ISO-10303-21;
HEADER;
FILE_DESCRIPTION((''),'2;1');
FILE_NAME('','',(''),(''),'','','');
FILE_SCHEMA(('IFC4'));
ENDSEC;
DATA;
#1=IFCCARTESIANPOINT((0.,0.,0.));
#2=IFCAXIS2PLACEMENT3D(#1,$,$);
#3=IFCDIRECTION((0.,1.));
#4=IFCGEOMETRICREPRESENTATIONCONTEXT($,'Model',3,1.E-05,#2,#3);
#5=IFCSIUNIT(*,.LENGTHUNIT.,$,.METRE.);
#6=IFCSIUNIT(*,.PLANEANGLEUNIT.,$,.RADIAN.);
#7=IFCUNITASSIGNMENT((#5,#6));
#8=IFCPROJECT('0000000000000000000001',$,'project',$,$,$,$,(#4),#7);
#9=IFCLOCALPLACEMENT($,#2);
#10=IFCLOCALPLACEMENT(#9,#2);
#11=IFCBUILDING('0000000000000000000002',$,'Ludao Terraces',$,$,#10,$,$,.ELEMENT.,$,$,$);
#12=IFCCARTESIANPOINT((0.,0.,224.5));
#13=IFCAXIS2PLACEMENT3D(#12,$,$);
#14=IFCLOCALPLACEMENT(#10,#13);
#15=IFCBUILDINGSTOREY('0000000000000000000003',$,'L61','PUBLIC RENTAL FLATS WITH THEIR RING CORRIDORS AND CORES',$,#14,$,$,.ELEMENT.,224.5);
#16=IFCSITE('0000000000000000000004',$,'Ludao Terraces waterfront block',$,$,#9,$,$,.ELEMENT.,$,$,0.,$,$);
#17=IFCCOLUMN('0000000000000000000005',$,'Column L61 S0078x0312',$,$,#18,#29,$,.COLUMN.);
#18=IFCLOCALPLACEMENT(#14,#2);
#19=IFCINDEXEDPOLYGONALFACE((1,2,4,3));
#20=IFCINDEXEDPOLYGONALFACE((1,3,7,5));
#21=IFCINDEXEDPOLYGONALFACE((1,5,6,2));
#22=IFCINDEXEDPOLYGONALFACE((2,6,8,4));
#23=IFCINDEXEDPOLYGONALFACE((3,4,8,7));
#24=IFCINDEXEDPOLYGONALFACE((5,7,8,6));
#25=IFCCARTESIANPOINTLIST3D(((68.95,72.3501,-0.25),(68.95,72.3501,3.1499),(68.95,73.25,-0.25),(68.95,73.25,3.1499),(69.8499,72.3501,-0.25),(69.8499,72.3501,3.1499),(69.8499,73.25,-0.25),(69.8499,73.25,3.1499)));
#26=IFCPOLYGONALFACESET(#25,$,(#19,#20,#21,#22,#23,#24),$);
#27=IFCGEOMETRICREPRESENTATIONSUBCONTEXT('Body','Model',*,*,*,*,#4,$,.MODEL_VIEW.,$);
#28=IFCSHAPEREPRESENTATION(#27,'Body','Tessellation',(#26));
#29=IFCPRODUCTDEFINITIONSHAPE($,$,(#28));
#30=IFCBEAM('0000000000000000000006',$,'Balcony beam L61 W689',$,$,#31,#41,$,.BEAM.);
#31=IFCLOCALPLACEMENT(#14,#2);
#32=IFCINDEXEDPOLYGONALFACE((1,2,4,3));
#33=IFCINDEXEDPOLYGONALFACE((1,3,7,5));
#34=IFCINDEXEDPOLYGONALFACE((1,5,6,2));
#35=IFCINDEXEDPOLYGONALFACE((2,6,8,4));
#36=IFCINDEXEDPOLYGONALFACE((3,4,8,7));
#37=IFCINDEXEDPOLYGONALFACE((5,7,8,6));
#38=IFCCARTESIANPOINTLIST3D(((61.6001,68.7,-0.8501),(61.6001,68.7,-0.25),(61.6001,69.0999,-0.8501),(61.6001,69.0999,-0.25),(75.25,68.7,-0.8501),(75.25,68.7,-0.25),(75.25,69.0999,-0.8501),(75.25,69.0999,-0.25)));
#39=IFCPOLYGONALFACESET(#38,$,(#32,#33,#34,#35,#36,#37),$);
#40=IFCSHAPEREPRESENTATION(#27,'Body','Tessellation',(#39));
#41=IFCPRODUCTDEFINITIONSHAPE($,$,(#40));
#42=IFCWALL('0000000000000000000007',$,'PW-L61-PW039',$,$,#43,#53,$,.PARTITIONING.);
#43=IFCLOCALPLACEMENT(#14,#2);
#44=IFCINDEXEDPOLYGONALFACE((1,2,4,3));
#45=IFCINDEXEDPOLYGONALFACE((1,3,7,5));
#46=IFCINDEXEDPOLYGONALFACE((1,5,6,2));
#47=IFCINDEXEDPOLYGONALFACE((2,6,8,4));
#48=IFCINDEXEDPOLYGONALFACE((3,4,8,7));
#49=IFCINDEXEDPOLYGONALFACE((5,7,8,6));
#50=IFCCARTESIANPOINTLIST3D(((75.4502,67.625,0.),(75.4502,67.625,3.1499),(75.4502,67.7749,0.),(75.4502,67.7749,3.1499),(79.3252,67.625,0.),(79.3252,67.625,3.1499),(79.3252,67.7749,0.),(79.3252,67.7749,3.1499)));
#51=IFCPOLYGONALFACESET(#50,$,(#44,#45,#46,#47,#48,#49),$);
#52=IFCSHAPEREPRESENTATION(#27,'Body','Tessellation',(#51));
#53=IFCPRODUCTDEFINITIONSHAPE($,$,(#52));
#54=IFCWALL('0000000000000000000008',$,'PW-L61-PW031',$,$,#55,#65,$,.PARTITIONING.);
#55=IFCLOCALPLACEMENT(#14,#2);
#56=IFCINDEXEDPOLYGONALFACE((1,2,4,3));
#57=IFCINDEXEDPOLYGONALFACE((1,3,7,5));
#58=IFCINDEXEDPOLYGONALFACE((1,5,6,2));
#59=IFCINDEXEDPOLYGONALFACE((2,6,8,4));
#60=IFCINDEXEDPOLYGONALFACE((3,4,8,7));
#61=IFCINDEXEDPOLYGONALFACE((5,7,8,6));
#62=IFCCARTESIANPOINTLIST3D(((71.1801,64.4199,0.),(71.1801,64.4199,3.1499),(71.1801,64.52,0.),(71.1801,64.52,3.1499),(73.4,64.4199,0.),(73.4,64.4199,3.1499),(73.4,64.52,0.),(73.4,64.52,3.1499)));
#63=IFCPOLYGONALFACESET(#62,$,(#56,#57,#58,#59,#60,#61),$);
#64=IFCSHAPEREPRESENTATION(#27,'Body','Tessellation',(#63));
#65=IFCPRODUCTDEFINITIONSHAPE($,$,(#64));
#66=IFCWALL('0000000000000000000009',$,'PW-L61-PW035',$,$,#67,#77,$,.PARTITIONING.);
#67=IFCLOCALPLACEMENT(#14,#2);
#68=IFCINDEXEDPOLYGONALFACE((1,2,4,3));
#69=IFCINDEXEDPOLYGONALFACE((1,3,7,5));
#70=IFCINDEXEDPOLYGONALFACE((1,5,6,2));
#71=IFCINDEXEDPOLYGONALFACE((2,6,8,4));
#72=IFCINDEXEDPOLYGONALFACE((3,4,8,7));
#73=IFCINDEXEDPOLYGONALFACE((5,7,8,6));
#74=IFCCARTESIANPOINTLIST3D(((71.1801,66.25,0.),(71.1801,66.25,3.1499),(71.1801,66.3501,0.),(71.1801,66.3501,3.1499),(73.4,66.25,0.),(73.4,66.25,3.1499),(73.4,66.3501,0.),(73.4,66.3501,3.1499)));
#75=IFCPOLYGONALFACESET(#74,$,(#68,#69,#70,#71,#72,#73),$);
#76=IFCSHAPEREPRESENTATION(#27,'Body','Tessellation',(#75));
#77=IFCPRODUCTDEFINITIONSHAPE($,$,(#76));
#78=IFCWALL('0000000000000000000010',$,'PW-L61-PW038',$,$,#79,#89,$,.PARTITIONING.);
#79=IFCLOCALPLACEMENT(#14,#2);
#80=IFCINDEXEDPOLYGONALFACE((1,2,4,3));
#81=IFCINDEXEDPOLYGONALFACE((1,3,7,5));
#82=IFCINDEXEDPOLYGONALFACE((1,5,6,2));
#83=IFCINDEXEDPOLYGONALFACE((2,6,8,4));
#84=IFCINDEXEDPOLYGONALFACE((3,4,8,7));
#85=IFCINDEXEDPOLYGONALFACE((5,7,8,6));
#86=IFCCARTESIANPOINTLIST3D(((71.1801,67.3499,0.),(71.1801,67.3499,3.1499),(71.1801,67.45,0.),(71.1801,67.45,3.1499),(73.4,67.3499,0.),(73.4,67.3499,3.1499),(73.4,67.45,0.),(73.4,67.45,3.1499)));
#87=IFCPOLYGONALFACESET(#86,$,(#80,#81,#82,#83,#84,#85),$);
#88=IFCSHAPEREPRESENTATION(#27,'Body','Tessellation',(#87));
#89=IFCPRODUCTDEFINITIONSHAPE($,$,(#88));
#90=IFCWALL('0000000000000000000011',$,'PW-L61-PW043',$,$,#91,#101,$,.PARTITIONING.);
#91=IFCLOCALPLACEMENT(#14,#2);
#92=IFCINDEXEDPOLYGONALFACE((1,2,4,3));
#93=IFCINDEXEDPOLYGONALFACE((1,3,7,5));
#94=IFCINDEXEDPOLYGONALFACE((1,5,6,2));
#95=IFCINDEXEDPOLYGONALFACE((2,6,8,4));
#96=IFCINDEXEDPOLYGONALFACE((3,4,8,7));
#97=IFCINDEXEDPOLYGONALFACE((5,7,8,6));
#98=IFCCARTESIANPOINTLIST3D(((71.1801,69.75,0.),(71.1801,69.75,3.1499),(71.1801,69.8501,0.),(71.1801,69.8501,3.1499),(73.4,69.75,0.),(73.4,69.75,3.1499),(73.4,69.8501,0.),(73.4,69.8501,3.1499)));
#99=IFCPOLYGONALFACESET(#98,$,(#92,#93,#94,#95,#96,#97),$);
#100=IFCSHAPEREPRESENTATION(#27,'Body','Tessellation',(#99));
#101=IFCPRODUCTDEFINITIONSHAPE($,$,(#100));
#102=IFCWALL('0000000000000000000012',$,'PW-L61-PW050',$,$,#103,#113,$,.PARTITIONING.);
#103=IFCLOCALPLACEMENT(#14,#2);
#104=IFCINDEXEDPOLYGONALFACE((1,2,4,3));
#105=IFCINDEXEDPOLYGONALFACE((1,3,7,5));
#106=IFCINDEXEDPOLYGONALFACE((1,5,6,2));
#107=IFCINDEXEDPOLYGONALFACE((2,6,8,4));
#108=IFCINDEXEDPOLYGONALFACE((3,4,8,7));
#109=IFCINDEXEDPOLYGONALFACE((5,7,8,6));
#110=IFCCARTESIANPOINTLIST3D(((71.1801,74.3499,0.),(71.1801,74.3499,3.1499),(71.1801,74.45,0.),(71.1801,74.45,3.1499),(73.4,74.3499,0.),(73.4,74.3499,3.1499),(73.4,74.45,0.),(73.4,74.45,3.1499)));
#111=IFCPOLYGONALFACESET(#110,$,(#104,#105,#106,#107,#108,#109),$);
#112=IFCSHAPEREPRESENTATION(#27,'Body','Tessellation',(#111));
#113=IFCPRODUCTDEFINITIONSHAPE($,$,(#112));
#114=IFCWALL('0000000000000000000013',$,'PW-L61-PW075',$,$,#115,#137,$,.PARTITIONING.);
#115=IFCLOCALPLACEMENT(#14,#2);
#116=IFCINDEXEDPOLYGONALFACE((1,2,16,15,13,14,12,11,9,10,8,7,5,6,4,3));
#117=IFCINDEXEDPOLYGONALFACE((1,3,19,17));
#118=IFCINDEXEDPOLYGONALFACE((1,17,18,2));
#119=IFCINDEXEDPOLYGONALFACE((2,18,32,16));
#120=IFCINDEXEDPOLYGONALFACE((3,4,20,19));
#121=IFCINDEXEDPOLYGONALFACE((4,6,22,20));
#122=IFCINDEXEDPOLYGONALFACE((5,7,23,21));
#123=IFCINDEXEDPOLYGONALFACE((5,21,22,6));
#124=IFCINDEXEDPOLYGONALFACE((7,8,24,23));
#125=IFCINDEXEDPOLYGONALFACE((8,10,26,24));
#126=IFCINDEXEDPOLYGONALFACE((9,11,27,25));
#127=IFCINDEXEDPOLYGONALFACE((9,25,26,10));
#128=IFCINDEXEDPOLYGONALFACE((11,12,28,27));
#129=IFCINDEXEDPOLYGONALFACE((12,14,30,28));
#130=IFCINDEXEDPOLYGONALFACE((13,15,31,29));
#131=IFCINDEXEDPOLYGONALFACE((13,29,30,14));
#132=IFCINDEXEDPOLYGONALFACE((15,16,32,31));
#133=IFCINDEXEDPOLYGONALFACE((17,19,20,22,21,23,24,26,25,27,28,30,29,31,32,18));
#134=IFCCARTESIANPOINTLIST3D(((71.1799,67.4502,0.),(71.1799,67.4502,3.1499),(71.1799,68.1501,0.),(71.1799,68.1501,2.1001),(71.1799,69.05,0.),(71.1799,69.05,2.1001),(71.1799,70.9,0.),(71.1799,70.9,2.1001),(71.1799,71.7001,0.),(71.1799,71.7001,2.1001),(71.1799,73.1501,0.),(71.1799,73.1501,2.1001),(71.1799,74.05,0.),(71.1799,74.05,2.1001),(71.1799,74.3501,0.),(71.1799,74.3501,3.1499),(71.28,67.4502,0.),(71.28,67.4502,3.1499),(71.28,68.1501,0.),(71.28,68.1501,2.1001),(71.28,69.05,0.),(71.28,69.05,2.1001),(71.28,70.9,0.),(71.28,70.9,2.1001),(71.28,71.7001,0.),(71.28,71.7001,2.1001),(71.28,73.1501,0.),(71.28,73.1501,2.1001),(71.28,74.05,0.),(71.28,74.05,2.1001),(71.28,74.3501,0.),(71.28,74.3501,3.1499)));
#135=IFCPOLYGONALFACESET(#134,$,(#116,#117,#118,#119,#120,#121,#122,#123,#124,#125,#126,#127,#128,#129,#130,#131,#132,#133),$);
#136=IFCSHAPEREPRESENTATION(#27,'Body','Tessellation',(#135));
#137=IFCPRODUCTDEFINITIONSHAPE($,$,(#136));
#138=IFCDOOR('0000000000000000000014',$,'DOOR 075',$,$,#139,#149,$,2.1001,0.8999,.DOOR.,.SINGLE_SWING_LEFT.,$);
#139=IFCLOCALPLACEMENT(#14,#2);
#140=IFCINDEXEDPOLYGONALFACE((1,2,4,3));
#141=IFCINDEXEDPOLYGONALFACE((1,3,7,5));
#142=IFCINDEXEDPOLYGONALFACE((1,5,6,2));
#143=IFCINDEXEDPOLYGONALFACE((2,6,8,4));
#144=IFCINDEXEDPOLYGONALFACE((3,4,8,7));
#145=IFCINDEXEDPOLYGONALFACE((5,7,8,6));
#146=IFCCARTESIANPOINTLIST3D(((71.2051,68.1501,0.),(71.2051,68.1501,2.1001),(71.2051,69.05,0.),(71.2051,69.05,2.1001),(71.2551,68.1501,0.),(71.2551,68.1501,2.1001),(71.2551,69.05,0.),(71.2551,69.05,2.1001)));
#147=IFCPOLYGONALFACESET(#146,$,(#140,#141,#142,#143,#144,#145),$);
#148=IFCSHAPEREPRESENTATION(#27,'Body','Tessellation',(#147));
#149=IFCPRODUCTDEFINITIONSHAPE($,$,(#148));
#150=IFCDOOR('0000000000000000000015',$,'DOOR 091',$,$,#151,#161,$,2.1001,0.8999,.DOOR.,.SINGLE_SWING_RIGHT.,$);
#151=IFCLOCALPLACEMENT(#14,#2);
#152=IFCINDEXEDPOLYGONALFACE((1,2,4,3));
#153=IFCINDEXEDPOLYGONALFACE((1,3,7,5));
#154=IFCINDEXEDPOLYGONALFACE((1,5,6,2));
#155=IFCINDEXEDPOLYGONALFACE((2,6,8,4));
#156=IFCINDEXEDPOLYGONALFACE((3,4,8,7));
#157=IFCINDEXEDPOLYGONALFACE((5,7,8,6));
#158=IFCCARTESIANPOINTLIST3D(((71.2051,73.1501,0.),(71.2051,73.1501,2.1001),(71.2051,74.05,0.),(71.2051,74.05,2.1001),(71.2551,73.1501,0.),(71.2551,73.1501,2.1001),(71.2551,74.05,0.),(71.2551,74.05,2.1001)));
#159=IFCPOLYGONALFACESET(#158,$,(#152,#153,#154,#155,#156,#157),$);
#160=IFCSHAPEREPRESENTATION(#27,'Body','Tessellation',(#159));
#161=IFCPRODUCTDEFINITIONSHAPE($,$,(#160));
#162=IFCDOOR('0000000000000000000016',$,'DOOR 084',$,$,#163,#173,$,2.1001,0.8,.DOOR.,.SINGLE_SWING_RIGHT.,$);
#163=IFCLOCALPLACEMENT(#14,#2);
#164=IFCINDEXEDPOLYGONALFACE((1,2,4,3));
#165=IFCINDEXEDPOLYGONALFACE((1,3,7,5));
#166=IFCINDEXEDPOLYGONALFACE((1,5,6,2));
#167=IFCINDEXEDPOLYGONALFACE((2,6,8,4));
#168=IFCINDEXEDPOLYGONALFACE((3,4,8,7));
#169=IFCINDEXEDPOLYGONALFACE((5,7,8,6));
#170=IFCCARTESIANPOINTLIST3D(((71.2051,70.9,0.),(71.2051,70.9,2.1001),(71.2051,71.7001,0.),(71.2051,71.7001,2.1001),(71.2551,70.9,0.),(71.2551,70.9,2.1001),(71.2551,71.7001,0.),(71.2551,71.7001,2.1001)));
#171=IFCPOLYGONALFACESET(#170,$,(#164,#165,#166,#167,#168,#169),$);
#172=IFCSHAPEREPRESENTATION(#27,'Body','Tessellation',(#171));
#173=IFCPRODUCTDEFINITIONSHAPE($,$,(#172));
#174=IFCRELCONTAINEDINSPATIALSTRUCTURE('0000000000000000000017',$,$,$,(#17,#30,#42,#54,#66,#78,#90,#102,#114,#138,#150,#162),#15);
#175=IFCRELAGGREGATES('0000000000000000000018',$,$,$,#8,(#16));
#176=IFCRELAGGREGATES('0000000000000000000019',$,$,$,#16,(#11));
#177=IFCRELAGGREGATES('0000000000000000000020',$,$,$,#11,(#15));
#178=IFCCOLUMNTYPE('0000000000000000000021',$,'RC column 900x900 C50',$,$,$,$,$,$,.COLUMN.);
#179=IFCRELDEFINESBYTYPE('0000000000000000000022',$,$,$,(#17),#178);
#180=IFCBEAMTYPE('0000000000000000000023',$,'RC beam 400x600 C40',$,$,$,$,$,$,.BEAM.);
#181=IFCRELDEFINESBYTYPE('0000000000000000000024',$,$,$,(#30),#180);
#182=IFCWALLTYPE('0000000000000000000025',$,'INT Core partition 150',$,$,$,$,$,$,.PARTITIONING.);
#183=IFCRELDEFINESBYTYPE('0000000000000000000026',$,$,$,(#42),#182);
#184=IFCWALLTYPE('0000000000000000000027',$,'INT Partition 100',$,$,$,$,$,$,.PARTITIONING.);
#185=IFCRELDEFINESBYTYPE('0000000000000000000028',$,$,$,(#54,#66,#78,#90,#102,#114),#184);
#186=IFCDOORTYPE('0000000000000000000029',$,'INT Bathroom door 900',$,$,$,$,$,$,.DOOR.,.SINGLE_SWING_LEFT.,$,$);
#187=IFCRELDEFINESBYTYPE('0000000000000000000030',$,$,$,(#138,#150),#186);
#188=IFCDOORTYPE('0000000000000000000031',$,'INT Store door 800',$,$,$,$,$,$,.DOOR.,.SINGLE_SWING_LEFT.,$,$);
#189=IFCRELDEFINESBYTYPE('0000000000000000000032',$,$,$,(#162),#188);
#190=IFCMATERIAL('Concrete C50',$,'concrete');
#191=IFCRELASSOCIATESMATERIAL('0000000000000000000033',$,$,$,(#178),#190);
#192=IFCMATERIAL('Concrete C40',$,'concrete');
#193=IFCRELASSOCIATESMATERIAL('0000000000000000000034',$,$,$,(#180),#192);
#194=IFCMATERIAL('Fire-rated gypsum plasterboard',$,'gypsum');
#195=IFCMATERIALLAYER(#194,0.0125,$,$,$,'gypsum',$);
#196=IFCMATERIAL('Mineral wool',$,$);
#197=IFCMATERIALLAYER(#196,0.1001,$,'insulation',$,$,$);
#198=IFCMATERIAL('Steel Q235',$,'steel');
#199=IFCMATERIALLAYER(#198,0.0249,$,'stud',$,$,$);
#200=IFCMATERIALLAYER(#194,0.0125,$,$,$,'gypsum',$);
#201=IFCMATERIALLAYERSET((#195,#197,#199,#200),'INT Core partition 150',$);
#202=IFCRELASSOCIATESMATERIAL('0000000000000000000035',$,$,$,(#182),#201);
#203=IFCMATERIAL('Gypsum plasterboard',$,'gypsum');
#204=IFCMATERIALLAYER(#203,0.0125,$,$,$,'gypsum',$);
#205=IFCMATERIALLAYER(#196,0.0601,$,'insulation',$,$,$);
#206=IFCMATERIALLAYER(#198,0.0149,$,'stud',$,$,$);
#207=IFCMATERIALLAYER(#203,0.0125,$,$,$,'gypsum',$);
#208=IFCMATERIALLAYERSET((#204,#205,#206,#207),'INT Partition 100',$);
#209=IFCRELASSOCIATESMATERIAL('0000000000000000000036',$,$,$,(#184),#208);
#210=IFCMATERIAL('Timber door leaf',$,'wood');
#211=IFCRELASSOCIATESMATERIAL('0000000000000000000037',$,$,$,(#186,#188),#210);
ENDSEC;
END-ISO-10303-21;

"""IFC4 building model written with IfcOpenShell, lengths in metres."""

from ifc_helpers import new_model, si_unit, direction, frame, frame_2d, origin, origin_2d, place, context, subcontext, project, spatial, rectangle, extrude, material, layer, layer_set, material_profile, profile_set, type_object, element, fill, save


model = new_model("IFC4")

# Units and contexts
model_context = context("Model", 3, precision=1e-05, world=origin(), true_north=direction((0.0, 1.0)))
body_context = subcontext(model_context, "Body", "Model", "MODEL_VIEW")
ifc_project = project(units=[si_unit("LENGTHUNIT", "METRE"), si_unit("PLANEANGLEUNIT", "RADIAN")], contexts=[model_context])

# Site, building, storey
site_placement = place(None, origin())
site = spatial("IfcSite", under=ifc_project, at=site_placement, Name="Ludao Terraces waterfront block", CompositionType="ELEMENT", RefElevation=0.0)
building_placement = place(site_placement, origin())
building = spatial("IfcBuilding", under=site, at=building_placement, Name="Ludao Terraces", CompositionType="ELEMENT")
storey_placement = place(building_placement, frame((0.0, 0.0, 224.5)))
storey = spatial("IfcBuildingStorey", under=building, at=storey_placement, Name="L61", Description="PUBLIC RENTAL FLATS WITH THEIR RING CORRIDORS AND CORES", CompositionType="ELEMENT", Elevation=224.5)

# Column
ifc_material_1 = material(Name="Concrete C50", Category="concrete")
ifc_material_profile_1 = material_profile(ifc_material_1, rectangle(XDim=0.8999, YDim=0.8999, at=origin_2d()), Name="900 X 900")
ifc_profile_set_1 = profile_set([ifc_material_profile_1], Name="Concrete C50")
column_type = type_object("IfcColumnType", Name="RC column 900x900 C50", PredefinedType="COLUMN", material=ifc_profile_set_1)
column_placement = place(storey_placement, frame((69.3999, 72.8, -0.25), z_axis=(0.0, 0.0, 1.0), x_axis=(1.0, 0.0, 0.0)))
element("IfcColumn", 1, at=column_placement, inside=storey, type_object=column_type, Name="Column L61 S0078x0312", PredefinedType="COLUMN", context=body_context, shape_type="SweptSolid", body=[
    extrude(rectangle(XDim=0.8999, YDim=0.8999, at=origin_2d()), origin(), (0.0, 0.0, 1.0), 3.3999),
])

# Beam
ifc_material_2 = material(Name="Concrete C40", Category="concrete")
ifc_material_profile_2 = material_profile(ifc_material_2, rectangle(XDim=0.3999, YDim=0.6001, at=origin_2d()), Name="400 X 600")
ifc_profile_set_2 = profile_set([ifc_material_profile_2], Name="Concrete C40")
beam_type = type_object("IfcBeamType", Name="RC beam 400x600 C40", PredefinedType="BEAM", material=ifc_profile_set_2)
beam_placement = place(storey_placement, frame((75.25, 68.8999, -0.55), z_axis=(-1.0, 0.0, 0.0), x_axis=(0.0, -1.0, 0.0)))
element("IfcBeam", 2, at=beam_placement, inside=storey, type_object=beam_type, Name="Balcony beam L61 W689", PredefinedType="BEAM", context=body_context, shape_type="SweptSolid", body=[
    extrude(rectangle(XDim=0.3999, YDim=0.6001, at=origin_2d()), origin(), (0.0, 0.0, 1.0), 13.6499),
])

# Walls
ifc_material_3 = material(Name="Fire-rated gypsum plasterboard", Category="gypsum")
ifc_layer_1 = layer(ifc_material_3, 0.0125, Category="gypsum")
ifc_material_4 = material(Name="Mineral wool")
ifc_layer_2 = layer(ifc_material_4, 0.1001, Name="insulation")
ifc_material_5 = material(Name="Steel Q235", Category="steel")
ifc_layer_3 = layer(ifc_material_5, 0.0249, Name="stud")
ifc_layer_4 = layer(ifc_material_3, 0.0125, Category="gypsum")
ifc_layer_set_1 = layer_set([ifc_layer_1, ifc_layer_2, ifc_layer_3, ifc_layer_4], Name="INT Core partition 150")
wall_type_1 = type_object("IfcWallType", Name="INT Core partition 150", PredefinedType="PARTITIONING", material=ifc_layer_set_1)
wall_1_placement = place(storey_placement, frame((75.4502, 67.7, 0.0), z_axis=(0.0, 0.0, 1.0), x_axis=(1.0, 0.0, 0.0)))
element("IfcWall", 3, at=wall_1_placement, inside=storey, type_object=wall_type_1, Name="PW-L61-PW039", PredefinedType="PARTITIONING", context=body_context, shape_type="SweptSolid", body=[
    extrude(rectangle(XDim=3.875, YDim=0.1499, at=frame_2d((1.9375, 0.0))), origin(), (0.0, 0.0, 1.0), 3.1499),
])
ifc_material_6 = material(Name="Gypsum plasterboard", Category="gypsum")
ifc_layer_5 = layer(ifc_material_6, 0.0125, Category="gypsum")
ifc_layer_6 = layer(ifc_material_4, 0.0601, Name="insulation")
ifc_layer_7 = layer(ifc_material_5, 0.0149, Name="stud")
ifc_layer_8 = layer(ifc_material_6, 0.0125, Category="gypsum")
ifc_layer_set_2 = layer_set([ifc_layer_5, ifc_layer_6, ifc_layer_7, ifc_layer_8], Name="INT Partition 100")
wall_type_2 = type_object("IfcWallType", Name="INT Partition 100", PredefinedType="PARTITIONING", material=ifc_layer_set_2)
for number, where, z_axis, x_axis, name in (
    (4, (71.1802, 64.47, 0.0), (0.0, 0.0, 1.0), (1.0, 0.0, 0.0), "PW-L61-PW031"),
    (5, (71.1802, 66.3, 0.0), (0.0, 0.0, 1.0), (1.0, 0.0, 0.0), "PW-L61-PW035"),
    (6, (71.1802, 67.3999, 0.0), (0.0, 0.0, 1.0), (1.0, 0.0, 0.0), "PW-L61-PW038"),
    (7, (71.1802, 69.8, 0.0), (0.0, 0.0, 1.0), (1.0, 0.0, 0.0), "PW-L61-PW043"),
    (8, (71.1802, 74.3999, 0.0), (0.0, 0.0, 1.0), (1.0, 0.0, 0.0), "PW-L61-PW050"),
):
    element("IfcWall", number, at=place(storey_placement, frame(where, z_axis=z_axis, x_axis=x_axis)), inside=storey, type_object=wall_type_2, Name=name, PredefinedType="PARTITIONING", context=body_context, shape_type="SweptSolid", body=[
        extrude(rectangle(XDim=2.22, YDim=0.1001, at=frame_2d((1.1099, 0.0))), origin(), (0.0, 0.0, 1.0), 3.1499),
    ])

# Wall, openings, doors
wall_2_placement = place(storey_placement, frame((71.23, 67.4502, 0.0), z_axis=(0.0, 0.0, 1.0), x_axis=(0.0, 1.0, 0.0)))
wall_2 = element("IfcWall", 9, at=wall_2_placement, inside=storey, type_object=wall_type_2, Name="PW-L61-PW075", PredefinedType="PARTITIONING", context=body_context, shape_type="SweptSolid", body=[
    extrude(rectangle(XDim=6.8999, YDim=0.1001, at=frame_2d((3.45, 0.0))), origin(), (0.0, 0.0, 1.0), 3.1499),
])
opening_1_placement = place(wall_2_placement, frame((0.7, 0.0, 0.0)))
opening_1 = element("IfcOpeningElement", 10, at=opening_1_placement, cuts=wall_2, PredefinedType="OPENING", context=body_context, shape_type="SweptSolid", body=[
    extrude(rectangle(XDim=0.8999, YDim=2.1001, at=frame_2d((0.45, 1.05))), frame((0.0, 0.0601, 0.0), z_axis=(0.0, -1.0, 0.0), x_axis=(1.0, 0.0, 0.0)), (0.0, 0.0, 1.0), 0.1201),
])
opening_2_placement = place(wall_2_placement, frame((3.45, 0.0, 0.0)))
opening_2 = element("IfcOpeningElement", 11, at=opening_2_placement, cuts=wall_2, PredefinedType="OPENING", context=body_context, shape_type="SweptSolid", body=[
    extrude(rectangle(XDim=0.8, YDim=2.1001, at=frame_2d((0.3999, 1.05))), frame((0.0, 0.0601, 0.0), z_axis=(0.0, -1.0, 0.0), x_axis=(1.0, 0.0, 0.0)), (0.0, 0.0, 1.0), 0.1201),
])
opening_3_placement = place(wall_2_placement, frame((5.7, 0.0, 0.0)))
opening_3 = element("IfcOpeningElement", 12, at=opening_3_placement, cuts=wall_2, PredefinedType="OPENING", context=body_context, shape_type="SweptSolid", body=[
    extrude(rectangle(XDim=0.8999, YDim=2.1001, at=frame_2d((0.45, 1.05))), frame((0.0, 0.0601, 0.0), z_axis=(0.0, -1.0, 0.0), x_axis=(1.0, 0.0, 0.0)), (0.0, 0.0, 1.0), 0.1201),
])
ifc_material_7 = material(Name="Timber door leaf", Category="wood")
door_type_1 = type_object("IfcDoorType", Name="INT Bathroom door 900", OperationType="SINGLE_SWING_LEFT", PredefinedType="DOOR", material=ifc_material_7)
door_1_placement = place(opening_1_placement, origin())
door_1 = element("IfcDoor", 13, at=door_1_placement, inside=storey, type_object=door_type_1, Name="DOOR 075", OperationType="SINGLE_SWING_LEFT", OverallHeight=2.1001, OverallWidth=0.8999, PredefinedType="DOOR", context=body_context, shape_type="SweptSolid", body=[
    extrude(rectangle(XDim=0.8999, YDim=2.1001, at=frame_2d((0.45, 1.05))), frame((0.0, 0.0249, 0.0), z_axis=(0.0, -1.0, 0.0), x_axis=(1.0, 0.0, 0.0)), (0.0, 0.0, 1.0), 0.05),
])
fill(opening_1, door_1)
door_2_placement = place(opening_3_placement, origin())
door_2 = element("IfcDoor", 14, at=door_2_placement, inside=storey, type_object=door_type_1, Name="DOOR 091", OperationType="SINGLE_SWING_RIGHT", OverallHeight=2.1001, OverallWidth=0.8999, PredefinedType="DOOR", context=body_context, shape_type="SweptSolid", body=[
    extrude(rectangle(XDim=0.8999, YDim=2.1001, at=frame_2d((0.45, 1.05))), frame((0.0, 0.0249, 0.0), z_axis=(0.0, -1.0, 0.0), x_axis=(1.0, 0.0, 0.0)), (0.0, 0.0, 1.0), 0.05),
])
fill(opening_3, door_2)
door_type_2 = type_object("IfcDoorType", Name="INT Store door 800", OperationType="SINGLE_SWING_LEFT", PredefinedType="DOOR", material=ifc_material_7)
door_3_placement = place(opening_2_placement, origin())
door_3 = element("IfcDoor", 15, at=door_3_placement, inside=storey, type_object=door_type_2, Name="DOOR 084", OperationType="SINGLE_SWING_RIGHT", OverallHeight=2.1001, OverallWidth=0.8, PredefinedType="DOOR", context=body_context, shape_type="SweptSolid", body=[
    extrude(rectangle(XDim=0.8, YDim=2.1001, at=frame_2d((0.3999, 1.05))), frame((0.0, 0.0249, 0.0), z_axis=(0.0, -1.0, 0.0), x_axis=(1.0, 0.0, 0.0)), (0.0, 0.0, 1.0), 0.05),
])
fill(opening_2, door_3)

save(model, "model.ifc")
